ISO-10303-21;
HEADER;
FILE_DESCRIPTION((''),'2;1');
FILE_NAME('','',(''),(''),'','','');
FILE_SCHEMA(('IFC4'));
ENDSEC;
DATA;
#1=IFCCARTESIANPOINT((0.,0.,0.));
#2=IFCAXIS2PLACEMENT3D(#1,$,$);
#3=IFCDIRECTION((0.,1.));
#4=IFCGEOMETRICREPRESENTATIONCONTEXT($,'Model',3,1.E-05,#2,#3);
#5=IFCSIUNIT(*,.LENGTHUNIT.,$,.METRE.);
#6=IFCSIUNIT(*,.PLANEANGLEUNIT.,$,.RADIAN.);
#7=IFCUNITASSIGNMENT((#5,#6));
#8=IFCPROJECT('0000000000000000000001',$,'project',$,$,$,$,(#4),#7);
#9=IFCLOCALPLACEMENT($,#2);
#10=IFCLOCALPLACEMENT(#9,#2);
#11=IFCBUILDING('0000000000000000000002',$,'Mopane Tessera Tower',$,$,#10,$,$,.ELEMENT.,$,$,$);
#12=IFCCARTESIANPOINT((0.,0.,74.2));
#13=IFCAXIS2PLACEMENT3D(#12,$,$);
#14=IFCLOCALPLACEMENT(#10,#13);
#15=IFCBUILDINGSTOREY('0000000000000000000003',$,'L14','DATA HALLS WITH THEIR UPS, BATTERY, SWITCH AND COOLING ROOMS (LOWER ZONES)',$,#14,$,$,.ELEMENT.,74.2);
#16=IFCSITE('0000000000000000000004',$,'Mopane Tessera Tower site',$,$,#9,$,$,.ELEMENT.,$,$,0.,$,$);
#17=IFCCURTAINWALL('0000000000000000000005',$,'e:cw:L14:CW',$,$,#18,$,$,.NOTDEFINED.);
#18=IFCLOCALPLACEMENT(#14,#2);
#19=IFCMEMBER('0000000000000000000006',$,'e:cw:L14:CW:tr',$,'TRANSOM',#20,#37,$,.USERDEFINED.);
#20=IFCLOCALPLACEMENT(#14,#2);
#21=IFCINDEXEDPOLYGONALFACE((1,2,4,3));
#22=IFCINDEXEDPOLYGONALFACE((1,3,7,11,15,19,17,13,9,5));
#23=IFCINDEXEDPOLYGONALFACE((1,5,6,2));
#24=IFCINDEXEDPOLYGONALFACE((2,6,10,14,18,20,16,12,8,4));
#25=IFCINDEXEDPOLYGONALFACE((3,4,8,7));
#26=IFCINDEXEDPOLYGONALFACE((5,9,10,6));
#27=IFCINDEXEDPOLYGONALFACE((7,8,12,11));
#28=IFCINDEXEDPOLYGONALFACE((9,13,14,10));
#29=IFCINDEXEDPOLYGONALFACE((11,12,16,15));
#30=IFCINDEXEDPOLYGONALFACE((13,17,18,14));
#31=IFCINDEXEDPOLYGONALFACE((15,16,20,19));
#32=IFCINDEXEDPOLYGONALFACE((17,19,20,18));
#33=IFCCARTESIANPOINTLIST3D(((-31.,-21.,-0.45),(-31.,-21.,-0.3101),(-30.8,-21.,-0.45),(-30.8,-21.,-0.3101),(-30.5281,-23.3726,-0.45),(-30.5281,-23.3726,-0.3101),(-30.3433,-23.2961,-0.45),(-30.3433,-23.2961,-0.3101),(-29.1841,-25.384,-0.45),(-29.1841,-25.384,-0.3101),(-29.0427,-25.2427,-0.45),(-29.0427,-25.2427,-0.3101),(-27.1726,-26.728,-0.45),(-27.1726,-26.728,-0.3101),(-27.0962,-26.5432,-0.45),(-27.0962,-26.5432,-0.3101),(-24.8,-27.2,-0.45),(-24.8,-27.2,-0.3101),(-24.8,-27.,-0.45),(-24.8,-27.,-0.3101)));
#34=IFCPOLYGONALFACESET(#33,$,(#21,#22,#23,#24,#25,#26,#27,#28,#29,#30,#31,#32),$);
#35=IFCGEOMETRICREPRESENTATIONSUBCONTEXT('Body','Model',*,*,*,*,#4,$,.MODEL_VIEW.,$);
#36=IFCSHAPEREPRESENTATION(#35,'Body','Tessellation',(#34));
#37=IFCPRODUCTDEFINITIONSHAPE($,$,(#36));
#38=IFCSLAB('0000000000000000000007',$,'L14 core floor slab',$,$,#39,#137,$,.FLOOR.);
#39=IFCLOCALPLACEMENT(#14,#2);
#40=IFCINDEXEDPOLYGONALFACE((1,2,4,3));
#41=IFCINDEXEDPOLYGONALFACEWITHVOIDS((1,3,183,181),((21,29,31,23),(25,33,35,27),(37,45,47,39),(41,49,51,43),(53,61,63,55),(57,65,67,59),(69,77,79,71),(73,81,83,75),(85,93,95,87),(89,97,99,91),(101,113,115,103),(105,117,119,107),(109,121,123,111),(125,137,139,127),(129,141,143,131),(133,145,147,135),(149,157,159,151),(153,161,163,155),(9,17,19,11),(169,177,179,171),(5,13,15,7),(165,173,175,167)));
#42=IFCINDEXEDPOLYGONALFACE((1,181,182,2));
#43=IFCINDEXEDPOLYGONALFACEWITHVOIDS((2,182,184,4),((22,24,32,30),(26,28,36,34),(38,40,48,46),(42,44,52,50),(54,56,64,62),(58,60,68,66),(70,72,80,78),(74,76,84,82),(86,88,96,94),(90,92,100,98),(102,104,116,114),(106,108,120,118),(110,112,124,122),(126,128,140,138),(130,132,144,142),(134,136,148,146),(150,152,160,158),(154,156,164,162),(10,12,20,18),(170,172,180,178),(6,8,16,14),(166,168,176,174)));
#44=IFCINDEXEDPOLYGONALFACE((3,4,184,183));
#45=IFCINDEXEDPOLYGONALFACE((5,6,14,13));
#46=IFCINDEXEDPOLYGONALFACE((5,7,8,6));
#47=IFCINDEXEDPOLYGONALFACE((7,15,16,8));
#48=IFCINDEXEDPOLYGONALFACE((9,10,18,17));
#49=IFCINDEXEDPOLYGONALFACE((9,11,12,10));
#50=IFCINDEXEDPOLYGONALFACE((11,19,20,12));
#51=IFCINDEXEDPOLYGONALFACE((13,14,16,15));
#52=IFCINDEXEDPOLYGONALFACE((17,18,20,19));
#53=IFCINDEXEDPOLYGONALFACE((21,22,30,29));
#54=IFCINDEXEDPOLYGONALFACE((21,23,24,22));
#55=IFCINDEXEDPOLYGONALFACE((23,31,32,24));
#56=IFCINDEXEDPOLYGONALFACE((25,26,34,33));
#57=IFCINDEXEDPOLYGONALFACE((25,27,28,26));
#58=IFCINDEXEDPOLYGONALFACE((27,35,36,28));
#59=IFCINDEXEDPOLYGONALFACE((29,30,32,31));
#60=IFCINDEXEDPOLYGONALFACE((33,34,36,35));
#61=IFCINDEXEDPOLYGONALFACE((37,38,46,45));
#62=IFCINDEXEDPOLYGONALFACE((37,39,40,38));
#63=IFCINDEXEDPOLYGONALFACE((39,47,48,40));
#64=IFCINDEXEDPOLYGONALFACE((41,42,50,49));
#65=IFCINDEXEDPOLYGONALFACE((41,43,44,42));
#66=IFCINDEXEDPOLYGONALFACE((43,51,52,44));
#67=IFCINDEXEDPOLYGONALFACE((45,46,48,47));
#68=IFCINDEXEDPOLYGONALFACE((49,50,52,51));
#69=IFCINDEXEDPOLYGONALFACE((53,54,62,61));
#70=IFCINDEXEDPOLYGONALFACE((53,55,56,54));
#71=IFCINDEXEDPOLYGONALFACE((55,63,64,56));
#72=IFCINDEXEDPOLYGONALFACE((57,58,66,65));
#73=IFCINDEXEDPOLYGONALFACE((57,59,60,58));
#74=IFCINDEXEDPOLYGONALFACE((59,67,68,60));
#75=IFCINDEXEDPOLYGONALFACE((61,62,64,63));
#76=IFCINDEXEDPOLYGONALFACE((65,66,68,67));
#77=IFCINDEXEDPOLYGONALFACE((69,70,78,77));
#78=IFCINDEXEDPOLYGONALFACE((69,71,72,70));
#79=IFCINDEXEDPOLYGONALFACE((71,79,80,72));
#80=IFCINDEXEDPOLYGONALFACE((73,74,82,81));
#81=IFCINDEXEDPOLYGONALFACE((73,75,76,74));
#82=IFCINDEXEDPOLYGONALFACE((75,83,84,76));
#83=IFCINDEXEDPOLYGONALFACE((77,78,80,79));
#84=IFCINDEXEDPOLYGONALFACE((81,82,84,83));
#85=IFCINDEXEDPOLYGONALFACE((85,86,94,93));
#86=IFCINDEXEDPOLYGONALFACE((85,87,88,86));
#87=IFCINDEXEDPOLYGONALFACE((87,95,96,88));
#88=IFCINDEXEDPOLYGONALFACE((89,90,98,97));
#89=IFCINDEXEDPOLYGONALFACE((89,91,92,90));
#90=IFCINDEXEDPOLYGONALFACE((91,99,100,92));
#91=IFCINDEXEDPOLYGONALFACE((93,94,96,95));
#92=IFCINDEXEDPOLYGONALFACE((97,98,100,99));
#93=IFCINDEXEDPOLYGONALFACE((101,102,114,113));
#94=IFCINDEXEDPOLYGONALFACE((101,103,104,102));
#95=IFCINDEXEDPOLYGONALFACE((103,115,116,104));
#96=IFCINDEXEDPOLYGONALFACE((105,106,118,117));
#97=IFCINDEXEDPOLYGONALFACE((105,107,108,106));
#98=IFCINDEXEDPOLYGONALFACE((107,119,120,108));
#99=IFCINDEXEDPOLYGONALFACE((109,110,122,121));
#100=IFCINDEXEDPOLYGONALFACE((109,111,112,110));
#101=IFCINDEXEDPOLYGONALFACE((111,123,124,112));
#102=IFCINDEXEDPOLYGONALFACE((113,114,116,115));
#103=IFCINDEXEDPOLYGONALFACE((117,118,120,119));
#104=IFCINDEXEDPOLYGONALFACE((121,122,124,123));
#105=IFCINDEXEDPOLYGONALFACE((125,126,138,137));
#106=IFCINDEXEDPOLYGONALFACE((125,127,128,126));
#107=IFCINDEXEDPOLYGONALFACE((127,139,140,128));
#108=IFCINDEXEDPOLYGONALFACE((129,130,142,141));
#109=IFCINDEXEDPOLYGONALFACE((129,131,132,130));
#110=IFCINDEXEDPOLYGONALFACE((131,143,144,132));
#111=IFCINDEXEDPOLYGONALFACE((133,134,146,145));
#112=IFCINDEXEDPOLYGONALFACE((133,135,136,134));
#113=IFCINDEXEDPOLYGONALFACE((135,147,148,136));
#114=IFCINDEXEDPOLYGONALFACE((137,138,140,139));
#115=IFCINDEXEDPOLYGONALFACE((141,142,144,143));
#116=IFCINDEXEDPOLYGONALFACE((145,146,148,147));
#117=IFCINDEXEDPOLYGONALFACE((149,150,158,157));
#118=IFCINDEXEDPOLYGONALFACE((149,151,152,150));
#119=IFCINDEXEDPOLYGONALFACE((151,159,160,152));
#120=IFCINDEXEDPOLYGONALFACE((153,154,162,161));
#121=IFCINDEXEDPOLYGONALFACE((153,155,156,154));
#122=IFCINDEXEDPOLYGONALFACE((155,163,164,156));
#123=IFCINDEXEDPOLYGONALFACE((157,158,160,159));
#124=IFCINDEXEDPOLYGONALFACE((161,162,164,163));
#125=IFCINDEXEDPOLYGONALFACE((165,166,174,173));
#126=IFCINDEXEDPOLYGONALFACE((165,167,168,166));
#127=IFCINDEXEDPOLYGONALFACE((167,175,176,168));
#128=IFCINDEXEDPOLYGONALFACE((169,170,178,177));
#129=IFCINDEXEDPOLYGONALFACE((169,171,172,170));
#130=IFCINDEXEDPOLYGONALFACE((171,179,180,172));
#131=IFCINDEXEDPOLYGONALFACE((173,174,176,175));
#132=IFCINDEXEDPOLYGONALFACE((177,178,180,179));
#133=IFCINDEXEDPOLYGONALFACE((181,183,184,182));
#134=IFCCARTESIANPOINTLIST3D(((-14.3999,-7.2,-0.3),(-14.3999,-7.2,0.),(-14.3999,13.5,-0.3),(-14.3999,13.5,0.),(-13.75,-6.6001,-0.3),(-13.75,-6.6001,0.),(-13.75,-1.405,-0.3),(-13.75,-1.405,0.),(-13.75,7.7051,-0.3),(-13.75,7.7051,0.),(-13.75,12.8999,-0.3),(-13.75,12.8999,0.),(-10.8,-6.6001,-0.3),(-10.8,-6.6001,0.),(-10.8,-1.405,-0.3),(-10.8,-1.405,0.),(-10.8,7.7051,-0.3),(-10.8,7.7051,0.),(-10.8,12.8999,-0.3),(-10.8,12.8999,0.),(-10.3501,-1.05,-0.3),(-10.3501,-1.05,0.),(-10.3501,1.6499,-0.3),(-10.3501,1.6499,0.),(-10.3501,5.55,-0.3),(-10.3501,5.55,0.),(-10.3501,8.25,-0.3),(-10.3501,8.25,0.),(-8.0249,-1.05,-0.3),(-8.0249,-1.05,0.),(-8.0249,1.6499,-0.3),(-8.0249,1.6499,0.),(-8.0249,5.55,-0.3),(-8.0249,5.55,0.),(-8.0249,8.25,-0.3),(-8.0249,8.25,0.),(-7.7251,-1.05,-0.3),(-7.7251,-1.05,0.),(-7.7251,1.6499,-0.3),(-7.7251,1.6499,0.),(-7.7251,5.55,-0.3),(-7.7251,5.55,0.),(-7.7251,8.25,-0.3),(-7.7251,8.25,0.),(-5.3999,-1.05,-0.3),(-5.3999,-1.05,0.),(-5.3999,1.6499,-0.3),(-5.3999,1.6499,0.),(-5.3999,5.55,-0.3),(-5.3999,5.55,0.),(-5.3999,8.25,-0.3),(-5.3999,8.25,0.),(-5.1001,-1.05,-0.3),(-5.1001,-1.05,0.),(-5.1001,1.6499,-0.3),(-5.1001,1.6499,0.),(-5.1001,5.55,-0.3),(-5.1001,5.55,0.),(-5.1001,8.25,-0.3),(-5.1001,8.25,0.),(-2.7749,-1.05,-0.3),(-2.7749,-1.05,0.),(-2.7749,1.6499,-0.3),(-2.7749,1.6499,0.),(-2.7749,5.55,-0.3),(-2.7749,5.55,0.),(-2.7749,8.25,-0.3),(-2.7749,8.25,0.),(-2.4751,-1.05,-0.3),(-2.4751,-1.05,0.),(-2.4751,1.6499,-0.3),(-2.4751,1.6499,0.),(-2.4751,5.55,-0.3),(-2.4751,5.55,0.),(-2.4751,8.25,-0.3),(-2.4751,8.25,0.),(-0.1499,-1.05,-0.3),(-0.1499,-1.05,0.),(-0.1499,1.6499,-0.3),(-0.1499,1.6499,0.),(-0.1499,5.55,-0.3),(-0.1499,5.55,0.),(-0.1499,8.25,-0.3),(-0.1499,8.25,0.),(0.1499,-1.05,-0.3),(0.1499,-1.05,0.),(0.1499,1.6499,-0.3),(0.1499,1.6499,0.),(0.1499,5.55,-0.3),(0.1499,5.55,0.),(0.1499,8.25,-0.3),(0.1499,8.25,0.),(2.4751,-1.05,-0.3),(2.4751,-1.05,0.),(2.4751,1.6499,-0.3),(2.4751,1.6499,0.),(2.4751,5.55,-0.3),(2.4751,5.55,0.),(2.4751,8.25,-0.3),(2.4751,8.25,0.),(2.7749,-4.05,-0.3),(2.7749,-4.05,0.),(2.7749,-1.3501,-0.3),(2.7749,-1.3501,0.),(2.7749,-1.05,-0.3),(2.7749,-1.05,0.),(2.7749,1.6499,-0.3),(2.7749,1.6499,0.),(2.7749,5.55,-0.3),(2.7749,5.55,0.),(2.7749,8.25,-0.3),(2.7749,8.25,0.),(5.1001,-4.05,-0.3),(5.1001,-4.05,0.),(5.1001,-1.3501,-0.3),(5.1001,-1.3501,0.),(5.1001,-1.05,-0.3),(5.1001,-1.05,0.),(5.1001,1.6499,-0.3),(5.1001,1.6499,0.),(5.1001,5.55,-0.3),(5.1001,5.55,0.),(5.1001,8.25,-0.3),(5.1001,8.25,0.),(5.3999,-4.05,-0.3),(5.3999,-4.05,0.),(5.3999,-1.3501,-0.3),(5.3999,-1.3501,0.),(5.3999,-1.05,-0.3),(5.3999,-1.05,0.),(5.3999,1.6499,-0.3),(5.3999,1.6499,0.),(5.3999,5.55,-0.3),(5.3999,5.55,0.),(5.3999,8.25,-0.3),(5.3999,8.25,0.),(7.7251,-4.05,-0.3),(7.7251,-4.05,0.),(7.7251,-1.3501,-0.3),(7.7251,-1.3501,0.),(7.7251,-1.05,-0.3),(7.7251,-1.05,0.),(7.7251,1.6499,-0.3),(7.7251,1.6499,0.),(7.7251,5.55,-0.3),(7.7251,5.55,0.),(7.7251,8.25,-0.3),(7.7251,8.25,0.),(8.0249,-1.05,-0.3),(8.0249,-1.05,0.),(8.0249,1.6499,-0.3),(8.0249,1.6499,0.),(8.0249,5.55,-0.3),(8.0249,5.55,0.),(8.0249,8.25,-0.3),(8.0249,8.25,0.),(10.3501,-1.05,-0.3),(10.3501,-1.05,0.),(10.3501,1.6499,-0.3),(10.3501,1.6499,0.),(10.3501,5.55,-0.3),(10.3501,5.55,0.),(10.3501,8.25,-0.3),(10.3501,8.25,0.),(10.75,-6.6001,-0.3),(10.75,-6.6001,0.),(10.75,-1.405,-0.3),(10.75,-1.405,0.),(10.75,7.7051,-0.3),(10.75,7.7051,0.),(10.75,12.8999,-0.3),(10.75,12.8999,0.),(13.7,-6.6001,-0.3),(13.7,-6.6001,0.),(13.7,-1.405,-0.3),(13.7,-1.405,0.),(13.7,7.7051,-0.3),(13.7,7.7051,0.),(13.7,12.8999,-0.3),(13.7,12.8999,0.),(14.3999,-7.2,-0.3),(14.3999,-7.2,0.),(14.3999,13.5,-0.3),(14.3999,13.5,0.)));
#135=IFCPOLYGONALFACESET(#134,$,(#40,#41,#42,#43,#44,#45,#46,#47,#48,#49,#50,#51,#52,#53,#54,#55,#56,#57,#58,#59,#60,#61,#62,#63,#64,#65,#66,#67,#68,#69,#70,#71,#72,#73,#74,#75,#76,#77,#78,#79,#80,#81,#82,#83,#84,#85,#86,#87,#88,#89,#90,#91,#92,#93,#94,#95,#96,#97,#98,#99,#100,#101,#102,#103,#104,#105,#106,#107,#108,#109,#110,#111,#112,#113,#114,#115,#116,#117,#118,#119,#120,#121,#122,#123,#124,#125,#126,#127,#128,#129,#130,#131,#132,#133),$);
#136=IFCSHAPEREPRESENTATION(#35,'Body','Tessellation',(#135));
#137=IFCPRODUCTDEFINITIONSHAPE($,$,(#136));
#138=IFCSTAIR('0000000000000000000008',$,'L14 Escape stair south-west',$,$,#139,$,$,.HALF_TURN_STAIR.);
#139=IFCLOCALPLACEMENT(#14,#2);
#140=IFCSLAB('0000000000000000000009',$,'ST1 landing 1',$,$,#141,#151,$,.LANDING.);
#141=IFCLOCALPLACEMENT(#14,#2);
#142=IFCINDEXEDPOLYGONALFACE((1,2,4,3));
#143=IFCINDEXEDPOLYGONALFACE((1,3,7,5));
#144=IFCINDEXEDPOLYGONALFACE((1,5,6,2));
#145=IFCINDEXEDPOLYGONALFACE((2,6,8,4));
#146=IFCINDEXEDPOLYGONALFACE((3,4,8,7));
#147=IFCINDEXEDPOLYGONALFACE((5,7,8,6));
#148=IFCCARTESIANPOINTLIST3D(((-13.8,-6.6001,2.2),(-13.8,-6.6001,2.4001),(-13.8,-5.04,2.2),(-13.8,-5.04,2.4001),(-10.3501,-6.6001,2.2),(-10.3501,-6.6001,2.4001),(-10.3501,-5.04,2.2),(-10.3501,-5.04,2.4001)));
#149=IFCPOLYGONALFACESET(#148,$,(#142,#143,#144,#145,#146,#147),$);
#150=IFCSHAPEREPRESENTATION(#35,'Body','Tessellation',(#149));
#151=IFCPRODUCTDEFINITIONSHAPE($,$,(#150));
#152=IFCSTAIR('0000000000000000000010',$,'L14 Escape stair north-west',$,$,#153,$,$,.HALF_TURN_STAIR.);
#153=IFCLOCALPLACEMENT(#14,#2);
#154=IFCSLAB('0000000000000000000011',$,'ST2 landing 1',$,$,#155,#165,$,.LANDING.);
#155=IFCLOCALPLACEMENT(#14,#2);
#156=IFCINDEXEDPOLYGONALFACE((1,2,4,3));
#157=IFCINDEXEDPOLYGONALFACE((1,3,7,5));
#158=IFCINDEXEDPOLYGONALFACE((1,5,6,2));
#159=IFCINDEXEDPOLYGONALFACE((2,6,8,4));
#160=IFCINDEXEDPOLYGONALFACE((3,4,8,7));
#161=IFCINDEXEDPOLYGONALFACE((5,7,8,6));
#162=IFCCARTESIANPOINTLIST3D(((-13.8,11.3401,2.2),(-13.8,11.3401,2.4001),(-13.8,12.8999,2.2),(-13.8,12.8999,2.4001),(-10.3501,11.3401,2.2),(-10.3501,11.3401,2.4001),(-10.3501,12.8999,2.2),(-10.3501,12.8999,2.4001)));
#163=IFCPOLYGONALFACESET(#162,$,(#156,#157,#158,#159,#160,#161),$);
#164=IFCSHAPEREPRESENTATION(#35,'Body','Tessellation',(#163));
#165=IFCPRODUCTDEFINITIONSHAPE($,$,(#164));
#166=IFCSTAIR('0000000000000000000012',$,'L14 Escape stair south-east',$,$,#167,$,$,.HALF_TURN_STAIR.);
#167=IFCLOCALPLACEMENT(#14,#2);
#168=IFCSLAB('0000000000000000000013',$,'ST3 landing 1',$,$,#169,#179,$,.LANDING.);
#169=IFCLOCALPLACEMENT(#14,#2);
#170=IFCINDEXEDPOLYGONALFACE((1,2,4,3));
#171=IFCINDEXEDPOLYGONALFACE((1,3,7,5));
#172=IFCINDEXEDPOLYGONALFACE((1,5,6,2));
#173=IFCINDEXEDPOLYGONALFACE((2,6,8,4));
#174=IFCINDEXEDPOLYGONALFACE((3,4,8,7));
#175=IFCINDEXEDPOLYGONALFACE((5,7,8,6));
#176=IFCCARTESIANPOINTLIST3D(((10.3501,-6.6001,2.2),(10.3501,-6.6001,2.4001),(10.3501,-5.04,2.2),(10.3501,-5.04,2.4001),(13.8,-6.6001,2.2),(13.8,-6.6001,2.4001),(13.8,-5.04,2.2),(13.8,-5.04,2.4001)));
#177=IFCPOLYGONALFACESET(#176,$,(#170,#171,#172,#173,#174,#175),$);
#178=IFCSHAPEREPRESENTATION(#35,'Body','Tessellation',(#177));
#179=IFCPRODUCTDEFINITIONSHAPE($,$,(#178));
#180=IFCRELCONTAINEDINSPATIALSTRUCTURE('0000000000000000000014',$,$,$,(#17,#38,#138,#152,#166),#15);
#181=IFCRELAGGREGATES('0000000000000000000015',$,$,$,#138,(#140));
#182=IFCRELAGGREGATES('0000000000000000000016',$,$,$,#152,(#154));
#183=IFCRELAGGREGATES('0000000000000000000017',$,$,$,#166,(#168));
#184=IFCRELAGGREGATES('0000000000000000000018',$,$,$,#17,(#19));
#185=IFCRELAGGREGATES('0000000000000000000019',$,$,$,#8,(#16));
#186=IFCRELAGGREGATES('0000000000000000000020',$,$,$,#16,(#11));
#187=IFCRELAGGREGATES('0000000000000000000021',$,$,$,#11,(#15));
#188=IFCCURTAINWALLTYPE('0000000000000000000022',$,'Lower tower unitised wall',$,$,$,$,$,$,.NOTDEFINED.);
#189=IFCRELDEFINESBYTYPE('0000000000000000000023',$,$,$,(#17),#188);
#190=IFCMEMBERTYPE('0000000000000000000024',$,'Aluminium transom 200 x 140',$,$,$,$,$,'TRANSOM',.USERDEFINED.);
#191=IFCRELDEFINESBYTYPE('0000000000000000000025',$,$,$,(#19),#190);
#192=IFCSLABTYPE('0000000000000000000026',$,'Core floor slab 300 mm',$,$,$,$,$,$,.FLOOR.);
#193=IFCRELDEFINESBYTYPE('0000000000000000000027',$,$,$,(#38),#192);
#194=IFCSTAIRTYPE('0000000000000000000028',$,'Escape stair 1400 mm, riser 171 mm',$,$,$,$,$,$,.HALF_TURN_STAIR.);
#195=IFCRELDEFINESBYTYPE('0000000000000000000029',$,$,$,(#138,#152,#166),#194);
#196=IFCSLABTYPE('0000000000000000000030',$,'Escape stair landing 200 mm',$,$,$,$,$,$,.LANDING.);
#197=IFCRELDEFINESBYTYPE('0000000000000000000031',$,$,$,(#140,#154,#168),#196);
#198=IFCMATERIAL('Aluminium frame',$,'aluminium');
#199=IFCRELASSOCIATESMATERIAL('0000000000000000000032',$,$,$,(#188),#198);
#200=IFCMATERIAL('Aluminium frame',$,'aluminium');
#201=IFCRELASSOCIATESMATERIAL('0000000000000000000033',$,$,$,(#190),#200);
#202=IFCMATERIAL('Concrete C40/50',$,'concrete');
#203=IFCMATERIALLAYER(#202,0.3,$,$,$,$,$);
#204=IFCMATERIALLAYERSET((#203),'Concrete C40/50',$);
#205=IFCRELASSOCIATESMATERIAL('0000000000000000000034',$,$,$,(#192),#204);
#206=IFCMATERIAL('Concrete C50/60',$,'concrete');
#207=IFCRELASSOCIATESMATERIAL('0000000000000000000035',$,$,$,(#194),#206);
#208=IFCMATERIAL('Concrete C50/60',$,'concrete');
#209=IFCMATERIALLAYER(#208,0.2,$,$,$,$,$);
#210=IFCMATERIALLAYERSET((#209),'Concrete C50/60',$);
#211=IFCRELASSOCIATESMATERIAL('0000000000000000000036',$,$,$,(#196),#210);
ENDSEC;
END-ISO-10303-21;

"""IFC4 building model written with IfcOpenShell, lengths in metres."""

from ifc_helpers import new_model, si_unit, direction, frame, origin, origin_2d, place, context, subcontext, project, spatial, polyline, rectangle, outline, extrude, material, layer, layer_set, material_profile, profile_set, type_object, element, aggregate, save


model = new_model("IFC4")

# Units and contexts
model_context = context("Model", 3, precision=1e-05, world=origin(), true_north=direction((0.0, 1.0)))
body_context = subcontext(model_context, "Body", "Model", "MODEL_VIEW")
ifc_project = project(units=[si_unit("LENGTHUNIT", "METRE"), si_unit("PLANEANGLEUNIT", "RADIAN")], contexts=[model_context])

# Site, building, storey
site_placement = place(None, origin())
site = spatial("IfcSite", under=ifc_project, at=site_placement, Name="Mopane Tessera Tower site", CompositionType="ELEMENT", RefElevation=0.0)
building_placement = place(site_placement, origin())
building = spatial("IfcBuilding", under=site, at=building_placement, Name="Mopane Tessera Tower", CompositionType="ELEMENT")
storey_placement = place(building_placement, frame((0.0, 0.0, 74.2)))
storey = spatial("IfcBuildingStorey", under=building, at=storey_placement, Name="L14", Description="DATA HALLS WITH THEIR UPS, BATTERY, SWITCH AND COOLING ROOMS (LOWER ZONES)", CompositionType="ELEMENT", Elevation=74.2)

# Curtain wall, member
ifc_material_1 = material(Name="Aluminium frame", Category="aluminium")
curtain_wall_type = type_object("IfcCurtainWallType", Name="Lower tower unitised wall", PredefinedType="NOTDEFINED", material=ifc_material_1)
curtain_wall_1_placement = place(storey_placement, origin())
curtain_wall_1 = element("IfcCurtainWall", 1, at=curtain_wall_1_placement, inside=storey, type_object=curtain_wall_type, Name="e:cw:L14:CW", PredefinedType="NOTDEFINED")
ifc_material_2 = material(Name="Aluminium frame", Category="aluminium")
ifc_material_profile = material_profile(ifc_material_2, rectangle(XDim=0.2, YDim=0.1399, at=origin_2d()))
ifc_profile_set = profile_set([ifc_material_profile], Name="Aluminium frame")
member_type = type_object("IfcMemberType", Name="Aluminium transom 200 x 140", ElementType="TRANSOM", PredefinedType="USERDEFINED", material=ifc_profile_set)
member_placement = place(storey_placement, frame((0.0, 0.0, -0.45)))
member = element("IfcMember", 2, at=member_placement, type_object=member_type, Name="e:cw:L14:CW:tr", ObjectType="TRANSOM", PredefinedType="USERDEFINED", context=body_context, shape_type="SweptSolid", body=[
    extrude(outline(polyline([(-30.8, -21.0), (-30.3433, -23.2961), (-29.0427, -25.2427), (-27.0962, -26.5432), (-24.8, -27.0), (-24.8, -27.2), (-27.1726, -26.728), (-29.1841, -25.384), (-30.5281, -23.3726), (-31.0, -21.0), (-30.8, -21.0)])), origin(), (0.0, 0.0, 1.0), 0.1399),
])

# Slab
ifc_material_3 = material(Name="Concrete C40/50", Category="concrete")
ifc_layer_1 = layer(ifc_material_3, 0.3)
ifc_layer_set_1 = layer_set([ifc_layer_1], Name="Concrete C40/50")
slab_type_1 = type_object("IfcSlabType", Name="Core floor slab 300 mm", PredefinedType="FLOOR", material=ifc_layer_set_1)
slab_1_placement = place(storey_placement, frame((0.0, 0.0, -0.3)))
element("IfcSlab", 3, at=slab_1_placement, inside=storey, type_object=slab_type_1, Name="L14 core floor slab", PredefinedType="FLOOR", context=body_context, shape_type="SweptSolid", body=[
    extrude(outline(polyline([(-14.3999, -7.2), (14.3999, -7.2), (14.3999, 13.5), (-14.3999, 13.5), (-14.3999, -7.2)]), holes=[polyline([(-10.3501, -1.05), (-8.0249, -1.05), (-8.0249, 1.6499), (-10.3501, 1.6499), (-10.3501, -1.05)]), polyline([(-7.7251, -1.05), (-5.3999, -1.05), (-5.3999, 1.6499), (-7.7251, 1.6499), (-7.7251, -1.05)]), polyline([(-5.1001, -1.05), (-2.7749, -1.05), (-2.7749, 1.6499), (-5.1001, 1.6499), (-5.1001, -1.05)]), polyline([(-2.4751, -1.05), (-0.1499, -1.05), (-0.1499, 1.6499), (-2.4751, 1.6499), (-2.4751, -1.05)]), polyline([(0.1499, -1.05), (2.4751, -1.05), (2.4751, 1.6499), (0.1499, 1.6499), (0.1499, -1.05)]), polyline([(2.7749, -1.05), (5.1001, -1.05), (5.1001, 1.6499), (2.7749, 1.6499), (2.7749, -1.05)]), polyline([(5.3999, -1.05), (7.7251, -1.05), (7.7251, 1.6499), (5.3999, 1.6499), (5.3999, -1.05)]), polyline([(8.0249, -1.05), (10.3501, -1.05), (10.3501, 1.6499), (8.0249, 1.6499), (8.0249, -1.05)]), polyline([(-10.3501, 5.55), (-8.0249, 5.55), (-8.0249, 8.25), (-10.3501, 8.25), (-10.3501, 5.55)]), polyline([(-7.7251, 5.55), (-5.3999, 5.55), (-5.3999, 8.25), (-7.7251, 8.25), (-7.7251, 5.55)]), polyline([(-5.1001, 5.55), (-2.7749, 5.55), (-2.7749, 8.25), (-5.1001, 8.25), (-5.1001, 5.55)]), polyline([(-2.4751, 5.55), (-0.1499, 5.55), (-0.1499, 8.25), (-2.4751, 8.25), (-2.4751, 5.55)]), polyline([(0.1499, 5.55), (2.4751, 5.55), (2.4751, 8.25), (0.1499, 8.25), (0.1499, 5.55)]), polyline([(2.7749, 5.55), (5.1001, 5.55), (5.1001, 8.25), (2.7749, 8.25), (2.7749, 5.55)]), polyline([(5.3999, 5.55), (7.7251, 5.55), (7.7251, 8.25), (5.3999, 8.25), (5.3999, 5.55)]), polyline([(8.0249, 5.55), (10.3501, 5.55), (10.3501, 8.25), (8.0249, 8.25), (8.0249, 5.55)]), polyline([(2.7749, -4.05), (5.1001, -4.05), (5.1001, -1.3501), (2.7749, -1.3501), (2.7749, -4.05)]), polyline([(5.3999, -4.05), (7.7251, -4.05), (7.7251, -1.3501), (5.3999, -1.3501), (5.3999, -4.05)]), polyline([(-13.75, -1.405), (-13.75, -6.6001), (-10.8, -6.6001), (-10.8, -1.405), (-13.75, -1.405)]), polyline([(-10.8, 7.7051), (-10.8, 12.8999), (-13.75, 12.8999), (-13.75, 7.7051), (-10.8, 7.7051)]), polyline([(10.75, -1.405), (10.75, -6.6001), (13.7, -6.6001), (13.7, -1.405), (10.75, -1.405)]), polyline([(13.7, 7.7051), (13.7, 12.8999), (10.75, 12.8999), (10.75, 7.7051), (13.7, 7.7051)])]), origin(), (0.0, 0.0, 1.0), 0.3),
])

# Stairs, slabs
ifc_material_4 = material(Name="Concrete C50/60", Category="concrete")
stair_type = type_object("IfcStairType", Name="Escape stair 1400 mm, riser 171 mm", PredefinedType="HALF_TURN_STAIR", material=ifc_material_4)
stair_1_placement = place(storey_placement, origin())
stair_1 = element("IfcStair", 4, at=stair_1_placement, inside=storey, type_object=stair_type, Name="L14 Escape stair south-west", PredefinedType="HALF_TURN_STAIR")
ifc_material_5 = material(Name="Concrete C50/60", Category="concrete")
ifc_layer_2 = layer(ifc_material_5, 0.2)
ifc_layer_set_2 = layer_set([ifc_layer_2], Name="Concrete C50/60")
slab_type_2 = type_object("IfcSlabType", Name="Escape stair landing 200 mm", PredefinedType="LANDING", material=ifc_layer_set_2)
slab_2_placement = place(storey_placement, frame((0.0, 0.0, 2.2)))
slab_2 = element("IfcSlab", 5, at=slab_2_placement, type_object=slab_type_2, Name="ST1 landing 1", PredefinedType="LANDING", context=body_context, shape_type="SweptSolid", body=[
    extrude(outline(polyline([(-13.8, -5.04), (-13.8, -6.6001), (-10.3501, -6.6001), (-10.3501, -5.04), (-13.8, -5.04)])), origin(), (0.0, 0.0, 1.0), 0.2002),
])
aggregate(stair_1, [slab_2])
stair_2_placement = place(storey_placement, origin())
stair_2 = element("IfcStair", 6, at=stair_2_placement, inside=storey, type_object=stair_type, Name="L14 Escape stair north-west", PredefinedType="HALF_TURN_STAIR")
slab_3_placement = place(storey_placement, frame((0.0, 0.0, 2.2)))
slab_3 = element("IfcSlab", 7, at=slab_3_placement, type_object=slab_type_2, Name="ST2 landing 1", PredefinedType="LANDING", context=body_context, shape_type="SweptSolid", body=[
    extrude(outline(polyline([(-10.3501, 11.3401), (-10.3501, 12.8999), (-13.8, 12.8999), (-13.8, 11.3401), (-10.3501, 11.3401)])), origin(), (0.0, 0.0, 1.0), 0.2002),
])
aggregate(stair_2, [slab_3])
stair_3_placement = place(storey_placement, origin())
stair_3 = element("IfcStair", 8, at=stair_3_placement, inside=storey, type_object=stair_type, Name="L14 Escape stair south-east", PredefinedType="HALF_TURN_STAIR")
slab_4_placement = place(storey_placement, frame((0.0, 0.0, 2.2)))
slab_4 = element("IfcSlab", 9, at=slab_4_placement, type_object=slab_type_2, Name="ST3 landing 1", PredefinedType="LANDING", context=body_context, shape_type="SweptSolid", body=[
    extrude(outline(polyline([(10.3501, -5.04), (10.3501, -6.6001), (13.8, -6.6001), (13.8, -5.04), (10.3501, -5.04)])), origin(), (0.0, 0.0, 1.0), 0.2002),
])
aggregate(stair_3, [slab_4])

aggregate(curtain_wall_1, [member])

save(model, "model.ifc")
